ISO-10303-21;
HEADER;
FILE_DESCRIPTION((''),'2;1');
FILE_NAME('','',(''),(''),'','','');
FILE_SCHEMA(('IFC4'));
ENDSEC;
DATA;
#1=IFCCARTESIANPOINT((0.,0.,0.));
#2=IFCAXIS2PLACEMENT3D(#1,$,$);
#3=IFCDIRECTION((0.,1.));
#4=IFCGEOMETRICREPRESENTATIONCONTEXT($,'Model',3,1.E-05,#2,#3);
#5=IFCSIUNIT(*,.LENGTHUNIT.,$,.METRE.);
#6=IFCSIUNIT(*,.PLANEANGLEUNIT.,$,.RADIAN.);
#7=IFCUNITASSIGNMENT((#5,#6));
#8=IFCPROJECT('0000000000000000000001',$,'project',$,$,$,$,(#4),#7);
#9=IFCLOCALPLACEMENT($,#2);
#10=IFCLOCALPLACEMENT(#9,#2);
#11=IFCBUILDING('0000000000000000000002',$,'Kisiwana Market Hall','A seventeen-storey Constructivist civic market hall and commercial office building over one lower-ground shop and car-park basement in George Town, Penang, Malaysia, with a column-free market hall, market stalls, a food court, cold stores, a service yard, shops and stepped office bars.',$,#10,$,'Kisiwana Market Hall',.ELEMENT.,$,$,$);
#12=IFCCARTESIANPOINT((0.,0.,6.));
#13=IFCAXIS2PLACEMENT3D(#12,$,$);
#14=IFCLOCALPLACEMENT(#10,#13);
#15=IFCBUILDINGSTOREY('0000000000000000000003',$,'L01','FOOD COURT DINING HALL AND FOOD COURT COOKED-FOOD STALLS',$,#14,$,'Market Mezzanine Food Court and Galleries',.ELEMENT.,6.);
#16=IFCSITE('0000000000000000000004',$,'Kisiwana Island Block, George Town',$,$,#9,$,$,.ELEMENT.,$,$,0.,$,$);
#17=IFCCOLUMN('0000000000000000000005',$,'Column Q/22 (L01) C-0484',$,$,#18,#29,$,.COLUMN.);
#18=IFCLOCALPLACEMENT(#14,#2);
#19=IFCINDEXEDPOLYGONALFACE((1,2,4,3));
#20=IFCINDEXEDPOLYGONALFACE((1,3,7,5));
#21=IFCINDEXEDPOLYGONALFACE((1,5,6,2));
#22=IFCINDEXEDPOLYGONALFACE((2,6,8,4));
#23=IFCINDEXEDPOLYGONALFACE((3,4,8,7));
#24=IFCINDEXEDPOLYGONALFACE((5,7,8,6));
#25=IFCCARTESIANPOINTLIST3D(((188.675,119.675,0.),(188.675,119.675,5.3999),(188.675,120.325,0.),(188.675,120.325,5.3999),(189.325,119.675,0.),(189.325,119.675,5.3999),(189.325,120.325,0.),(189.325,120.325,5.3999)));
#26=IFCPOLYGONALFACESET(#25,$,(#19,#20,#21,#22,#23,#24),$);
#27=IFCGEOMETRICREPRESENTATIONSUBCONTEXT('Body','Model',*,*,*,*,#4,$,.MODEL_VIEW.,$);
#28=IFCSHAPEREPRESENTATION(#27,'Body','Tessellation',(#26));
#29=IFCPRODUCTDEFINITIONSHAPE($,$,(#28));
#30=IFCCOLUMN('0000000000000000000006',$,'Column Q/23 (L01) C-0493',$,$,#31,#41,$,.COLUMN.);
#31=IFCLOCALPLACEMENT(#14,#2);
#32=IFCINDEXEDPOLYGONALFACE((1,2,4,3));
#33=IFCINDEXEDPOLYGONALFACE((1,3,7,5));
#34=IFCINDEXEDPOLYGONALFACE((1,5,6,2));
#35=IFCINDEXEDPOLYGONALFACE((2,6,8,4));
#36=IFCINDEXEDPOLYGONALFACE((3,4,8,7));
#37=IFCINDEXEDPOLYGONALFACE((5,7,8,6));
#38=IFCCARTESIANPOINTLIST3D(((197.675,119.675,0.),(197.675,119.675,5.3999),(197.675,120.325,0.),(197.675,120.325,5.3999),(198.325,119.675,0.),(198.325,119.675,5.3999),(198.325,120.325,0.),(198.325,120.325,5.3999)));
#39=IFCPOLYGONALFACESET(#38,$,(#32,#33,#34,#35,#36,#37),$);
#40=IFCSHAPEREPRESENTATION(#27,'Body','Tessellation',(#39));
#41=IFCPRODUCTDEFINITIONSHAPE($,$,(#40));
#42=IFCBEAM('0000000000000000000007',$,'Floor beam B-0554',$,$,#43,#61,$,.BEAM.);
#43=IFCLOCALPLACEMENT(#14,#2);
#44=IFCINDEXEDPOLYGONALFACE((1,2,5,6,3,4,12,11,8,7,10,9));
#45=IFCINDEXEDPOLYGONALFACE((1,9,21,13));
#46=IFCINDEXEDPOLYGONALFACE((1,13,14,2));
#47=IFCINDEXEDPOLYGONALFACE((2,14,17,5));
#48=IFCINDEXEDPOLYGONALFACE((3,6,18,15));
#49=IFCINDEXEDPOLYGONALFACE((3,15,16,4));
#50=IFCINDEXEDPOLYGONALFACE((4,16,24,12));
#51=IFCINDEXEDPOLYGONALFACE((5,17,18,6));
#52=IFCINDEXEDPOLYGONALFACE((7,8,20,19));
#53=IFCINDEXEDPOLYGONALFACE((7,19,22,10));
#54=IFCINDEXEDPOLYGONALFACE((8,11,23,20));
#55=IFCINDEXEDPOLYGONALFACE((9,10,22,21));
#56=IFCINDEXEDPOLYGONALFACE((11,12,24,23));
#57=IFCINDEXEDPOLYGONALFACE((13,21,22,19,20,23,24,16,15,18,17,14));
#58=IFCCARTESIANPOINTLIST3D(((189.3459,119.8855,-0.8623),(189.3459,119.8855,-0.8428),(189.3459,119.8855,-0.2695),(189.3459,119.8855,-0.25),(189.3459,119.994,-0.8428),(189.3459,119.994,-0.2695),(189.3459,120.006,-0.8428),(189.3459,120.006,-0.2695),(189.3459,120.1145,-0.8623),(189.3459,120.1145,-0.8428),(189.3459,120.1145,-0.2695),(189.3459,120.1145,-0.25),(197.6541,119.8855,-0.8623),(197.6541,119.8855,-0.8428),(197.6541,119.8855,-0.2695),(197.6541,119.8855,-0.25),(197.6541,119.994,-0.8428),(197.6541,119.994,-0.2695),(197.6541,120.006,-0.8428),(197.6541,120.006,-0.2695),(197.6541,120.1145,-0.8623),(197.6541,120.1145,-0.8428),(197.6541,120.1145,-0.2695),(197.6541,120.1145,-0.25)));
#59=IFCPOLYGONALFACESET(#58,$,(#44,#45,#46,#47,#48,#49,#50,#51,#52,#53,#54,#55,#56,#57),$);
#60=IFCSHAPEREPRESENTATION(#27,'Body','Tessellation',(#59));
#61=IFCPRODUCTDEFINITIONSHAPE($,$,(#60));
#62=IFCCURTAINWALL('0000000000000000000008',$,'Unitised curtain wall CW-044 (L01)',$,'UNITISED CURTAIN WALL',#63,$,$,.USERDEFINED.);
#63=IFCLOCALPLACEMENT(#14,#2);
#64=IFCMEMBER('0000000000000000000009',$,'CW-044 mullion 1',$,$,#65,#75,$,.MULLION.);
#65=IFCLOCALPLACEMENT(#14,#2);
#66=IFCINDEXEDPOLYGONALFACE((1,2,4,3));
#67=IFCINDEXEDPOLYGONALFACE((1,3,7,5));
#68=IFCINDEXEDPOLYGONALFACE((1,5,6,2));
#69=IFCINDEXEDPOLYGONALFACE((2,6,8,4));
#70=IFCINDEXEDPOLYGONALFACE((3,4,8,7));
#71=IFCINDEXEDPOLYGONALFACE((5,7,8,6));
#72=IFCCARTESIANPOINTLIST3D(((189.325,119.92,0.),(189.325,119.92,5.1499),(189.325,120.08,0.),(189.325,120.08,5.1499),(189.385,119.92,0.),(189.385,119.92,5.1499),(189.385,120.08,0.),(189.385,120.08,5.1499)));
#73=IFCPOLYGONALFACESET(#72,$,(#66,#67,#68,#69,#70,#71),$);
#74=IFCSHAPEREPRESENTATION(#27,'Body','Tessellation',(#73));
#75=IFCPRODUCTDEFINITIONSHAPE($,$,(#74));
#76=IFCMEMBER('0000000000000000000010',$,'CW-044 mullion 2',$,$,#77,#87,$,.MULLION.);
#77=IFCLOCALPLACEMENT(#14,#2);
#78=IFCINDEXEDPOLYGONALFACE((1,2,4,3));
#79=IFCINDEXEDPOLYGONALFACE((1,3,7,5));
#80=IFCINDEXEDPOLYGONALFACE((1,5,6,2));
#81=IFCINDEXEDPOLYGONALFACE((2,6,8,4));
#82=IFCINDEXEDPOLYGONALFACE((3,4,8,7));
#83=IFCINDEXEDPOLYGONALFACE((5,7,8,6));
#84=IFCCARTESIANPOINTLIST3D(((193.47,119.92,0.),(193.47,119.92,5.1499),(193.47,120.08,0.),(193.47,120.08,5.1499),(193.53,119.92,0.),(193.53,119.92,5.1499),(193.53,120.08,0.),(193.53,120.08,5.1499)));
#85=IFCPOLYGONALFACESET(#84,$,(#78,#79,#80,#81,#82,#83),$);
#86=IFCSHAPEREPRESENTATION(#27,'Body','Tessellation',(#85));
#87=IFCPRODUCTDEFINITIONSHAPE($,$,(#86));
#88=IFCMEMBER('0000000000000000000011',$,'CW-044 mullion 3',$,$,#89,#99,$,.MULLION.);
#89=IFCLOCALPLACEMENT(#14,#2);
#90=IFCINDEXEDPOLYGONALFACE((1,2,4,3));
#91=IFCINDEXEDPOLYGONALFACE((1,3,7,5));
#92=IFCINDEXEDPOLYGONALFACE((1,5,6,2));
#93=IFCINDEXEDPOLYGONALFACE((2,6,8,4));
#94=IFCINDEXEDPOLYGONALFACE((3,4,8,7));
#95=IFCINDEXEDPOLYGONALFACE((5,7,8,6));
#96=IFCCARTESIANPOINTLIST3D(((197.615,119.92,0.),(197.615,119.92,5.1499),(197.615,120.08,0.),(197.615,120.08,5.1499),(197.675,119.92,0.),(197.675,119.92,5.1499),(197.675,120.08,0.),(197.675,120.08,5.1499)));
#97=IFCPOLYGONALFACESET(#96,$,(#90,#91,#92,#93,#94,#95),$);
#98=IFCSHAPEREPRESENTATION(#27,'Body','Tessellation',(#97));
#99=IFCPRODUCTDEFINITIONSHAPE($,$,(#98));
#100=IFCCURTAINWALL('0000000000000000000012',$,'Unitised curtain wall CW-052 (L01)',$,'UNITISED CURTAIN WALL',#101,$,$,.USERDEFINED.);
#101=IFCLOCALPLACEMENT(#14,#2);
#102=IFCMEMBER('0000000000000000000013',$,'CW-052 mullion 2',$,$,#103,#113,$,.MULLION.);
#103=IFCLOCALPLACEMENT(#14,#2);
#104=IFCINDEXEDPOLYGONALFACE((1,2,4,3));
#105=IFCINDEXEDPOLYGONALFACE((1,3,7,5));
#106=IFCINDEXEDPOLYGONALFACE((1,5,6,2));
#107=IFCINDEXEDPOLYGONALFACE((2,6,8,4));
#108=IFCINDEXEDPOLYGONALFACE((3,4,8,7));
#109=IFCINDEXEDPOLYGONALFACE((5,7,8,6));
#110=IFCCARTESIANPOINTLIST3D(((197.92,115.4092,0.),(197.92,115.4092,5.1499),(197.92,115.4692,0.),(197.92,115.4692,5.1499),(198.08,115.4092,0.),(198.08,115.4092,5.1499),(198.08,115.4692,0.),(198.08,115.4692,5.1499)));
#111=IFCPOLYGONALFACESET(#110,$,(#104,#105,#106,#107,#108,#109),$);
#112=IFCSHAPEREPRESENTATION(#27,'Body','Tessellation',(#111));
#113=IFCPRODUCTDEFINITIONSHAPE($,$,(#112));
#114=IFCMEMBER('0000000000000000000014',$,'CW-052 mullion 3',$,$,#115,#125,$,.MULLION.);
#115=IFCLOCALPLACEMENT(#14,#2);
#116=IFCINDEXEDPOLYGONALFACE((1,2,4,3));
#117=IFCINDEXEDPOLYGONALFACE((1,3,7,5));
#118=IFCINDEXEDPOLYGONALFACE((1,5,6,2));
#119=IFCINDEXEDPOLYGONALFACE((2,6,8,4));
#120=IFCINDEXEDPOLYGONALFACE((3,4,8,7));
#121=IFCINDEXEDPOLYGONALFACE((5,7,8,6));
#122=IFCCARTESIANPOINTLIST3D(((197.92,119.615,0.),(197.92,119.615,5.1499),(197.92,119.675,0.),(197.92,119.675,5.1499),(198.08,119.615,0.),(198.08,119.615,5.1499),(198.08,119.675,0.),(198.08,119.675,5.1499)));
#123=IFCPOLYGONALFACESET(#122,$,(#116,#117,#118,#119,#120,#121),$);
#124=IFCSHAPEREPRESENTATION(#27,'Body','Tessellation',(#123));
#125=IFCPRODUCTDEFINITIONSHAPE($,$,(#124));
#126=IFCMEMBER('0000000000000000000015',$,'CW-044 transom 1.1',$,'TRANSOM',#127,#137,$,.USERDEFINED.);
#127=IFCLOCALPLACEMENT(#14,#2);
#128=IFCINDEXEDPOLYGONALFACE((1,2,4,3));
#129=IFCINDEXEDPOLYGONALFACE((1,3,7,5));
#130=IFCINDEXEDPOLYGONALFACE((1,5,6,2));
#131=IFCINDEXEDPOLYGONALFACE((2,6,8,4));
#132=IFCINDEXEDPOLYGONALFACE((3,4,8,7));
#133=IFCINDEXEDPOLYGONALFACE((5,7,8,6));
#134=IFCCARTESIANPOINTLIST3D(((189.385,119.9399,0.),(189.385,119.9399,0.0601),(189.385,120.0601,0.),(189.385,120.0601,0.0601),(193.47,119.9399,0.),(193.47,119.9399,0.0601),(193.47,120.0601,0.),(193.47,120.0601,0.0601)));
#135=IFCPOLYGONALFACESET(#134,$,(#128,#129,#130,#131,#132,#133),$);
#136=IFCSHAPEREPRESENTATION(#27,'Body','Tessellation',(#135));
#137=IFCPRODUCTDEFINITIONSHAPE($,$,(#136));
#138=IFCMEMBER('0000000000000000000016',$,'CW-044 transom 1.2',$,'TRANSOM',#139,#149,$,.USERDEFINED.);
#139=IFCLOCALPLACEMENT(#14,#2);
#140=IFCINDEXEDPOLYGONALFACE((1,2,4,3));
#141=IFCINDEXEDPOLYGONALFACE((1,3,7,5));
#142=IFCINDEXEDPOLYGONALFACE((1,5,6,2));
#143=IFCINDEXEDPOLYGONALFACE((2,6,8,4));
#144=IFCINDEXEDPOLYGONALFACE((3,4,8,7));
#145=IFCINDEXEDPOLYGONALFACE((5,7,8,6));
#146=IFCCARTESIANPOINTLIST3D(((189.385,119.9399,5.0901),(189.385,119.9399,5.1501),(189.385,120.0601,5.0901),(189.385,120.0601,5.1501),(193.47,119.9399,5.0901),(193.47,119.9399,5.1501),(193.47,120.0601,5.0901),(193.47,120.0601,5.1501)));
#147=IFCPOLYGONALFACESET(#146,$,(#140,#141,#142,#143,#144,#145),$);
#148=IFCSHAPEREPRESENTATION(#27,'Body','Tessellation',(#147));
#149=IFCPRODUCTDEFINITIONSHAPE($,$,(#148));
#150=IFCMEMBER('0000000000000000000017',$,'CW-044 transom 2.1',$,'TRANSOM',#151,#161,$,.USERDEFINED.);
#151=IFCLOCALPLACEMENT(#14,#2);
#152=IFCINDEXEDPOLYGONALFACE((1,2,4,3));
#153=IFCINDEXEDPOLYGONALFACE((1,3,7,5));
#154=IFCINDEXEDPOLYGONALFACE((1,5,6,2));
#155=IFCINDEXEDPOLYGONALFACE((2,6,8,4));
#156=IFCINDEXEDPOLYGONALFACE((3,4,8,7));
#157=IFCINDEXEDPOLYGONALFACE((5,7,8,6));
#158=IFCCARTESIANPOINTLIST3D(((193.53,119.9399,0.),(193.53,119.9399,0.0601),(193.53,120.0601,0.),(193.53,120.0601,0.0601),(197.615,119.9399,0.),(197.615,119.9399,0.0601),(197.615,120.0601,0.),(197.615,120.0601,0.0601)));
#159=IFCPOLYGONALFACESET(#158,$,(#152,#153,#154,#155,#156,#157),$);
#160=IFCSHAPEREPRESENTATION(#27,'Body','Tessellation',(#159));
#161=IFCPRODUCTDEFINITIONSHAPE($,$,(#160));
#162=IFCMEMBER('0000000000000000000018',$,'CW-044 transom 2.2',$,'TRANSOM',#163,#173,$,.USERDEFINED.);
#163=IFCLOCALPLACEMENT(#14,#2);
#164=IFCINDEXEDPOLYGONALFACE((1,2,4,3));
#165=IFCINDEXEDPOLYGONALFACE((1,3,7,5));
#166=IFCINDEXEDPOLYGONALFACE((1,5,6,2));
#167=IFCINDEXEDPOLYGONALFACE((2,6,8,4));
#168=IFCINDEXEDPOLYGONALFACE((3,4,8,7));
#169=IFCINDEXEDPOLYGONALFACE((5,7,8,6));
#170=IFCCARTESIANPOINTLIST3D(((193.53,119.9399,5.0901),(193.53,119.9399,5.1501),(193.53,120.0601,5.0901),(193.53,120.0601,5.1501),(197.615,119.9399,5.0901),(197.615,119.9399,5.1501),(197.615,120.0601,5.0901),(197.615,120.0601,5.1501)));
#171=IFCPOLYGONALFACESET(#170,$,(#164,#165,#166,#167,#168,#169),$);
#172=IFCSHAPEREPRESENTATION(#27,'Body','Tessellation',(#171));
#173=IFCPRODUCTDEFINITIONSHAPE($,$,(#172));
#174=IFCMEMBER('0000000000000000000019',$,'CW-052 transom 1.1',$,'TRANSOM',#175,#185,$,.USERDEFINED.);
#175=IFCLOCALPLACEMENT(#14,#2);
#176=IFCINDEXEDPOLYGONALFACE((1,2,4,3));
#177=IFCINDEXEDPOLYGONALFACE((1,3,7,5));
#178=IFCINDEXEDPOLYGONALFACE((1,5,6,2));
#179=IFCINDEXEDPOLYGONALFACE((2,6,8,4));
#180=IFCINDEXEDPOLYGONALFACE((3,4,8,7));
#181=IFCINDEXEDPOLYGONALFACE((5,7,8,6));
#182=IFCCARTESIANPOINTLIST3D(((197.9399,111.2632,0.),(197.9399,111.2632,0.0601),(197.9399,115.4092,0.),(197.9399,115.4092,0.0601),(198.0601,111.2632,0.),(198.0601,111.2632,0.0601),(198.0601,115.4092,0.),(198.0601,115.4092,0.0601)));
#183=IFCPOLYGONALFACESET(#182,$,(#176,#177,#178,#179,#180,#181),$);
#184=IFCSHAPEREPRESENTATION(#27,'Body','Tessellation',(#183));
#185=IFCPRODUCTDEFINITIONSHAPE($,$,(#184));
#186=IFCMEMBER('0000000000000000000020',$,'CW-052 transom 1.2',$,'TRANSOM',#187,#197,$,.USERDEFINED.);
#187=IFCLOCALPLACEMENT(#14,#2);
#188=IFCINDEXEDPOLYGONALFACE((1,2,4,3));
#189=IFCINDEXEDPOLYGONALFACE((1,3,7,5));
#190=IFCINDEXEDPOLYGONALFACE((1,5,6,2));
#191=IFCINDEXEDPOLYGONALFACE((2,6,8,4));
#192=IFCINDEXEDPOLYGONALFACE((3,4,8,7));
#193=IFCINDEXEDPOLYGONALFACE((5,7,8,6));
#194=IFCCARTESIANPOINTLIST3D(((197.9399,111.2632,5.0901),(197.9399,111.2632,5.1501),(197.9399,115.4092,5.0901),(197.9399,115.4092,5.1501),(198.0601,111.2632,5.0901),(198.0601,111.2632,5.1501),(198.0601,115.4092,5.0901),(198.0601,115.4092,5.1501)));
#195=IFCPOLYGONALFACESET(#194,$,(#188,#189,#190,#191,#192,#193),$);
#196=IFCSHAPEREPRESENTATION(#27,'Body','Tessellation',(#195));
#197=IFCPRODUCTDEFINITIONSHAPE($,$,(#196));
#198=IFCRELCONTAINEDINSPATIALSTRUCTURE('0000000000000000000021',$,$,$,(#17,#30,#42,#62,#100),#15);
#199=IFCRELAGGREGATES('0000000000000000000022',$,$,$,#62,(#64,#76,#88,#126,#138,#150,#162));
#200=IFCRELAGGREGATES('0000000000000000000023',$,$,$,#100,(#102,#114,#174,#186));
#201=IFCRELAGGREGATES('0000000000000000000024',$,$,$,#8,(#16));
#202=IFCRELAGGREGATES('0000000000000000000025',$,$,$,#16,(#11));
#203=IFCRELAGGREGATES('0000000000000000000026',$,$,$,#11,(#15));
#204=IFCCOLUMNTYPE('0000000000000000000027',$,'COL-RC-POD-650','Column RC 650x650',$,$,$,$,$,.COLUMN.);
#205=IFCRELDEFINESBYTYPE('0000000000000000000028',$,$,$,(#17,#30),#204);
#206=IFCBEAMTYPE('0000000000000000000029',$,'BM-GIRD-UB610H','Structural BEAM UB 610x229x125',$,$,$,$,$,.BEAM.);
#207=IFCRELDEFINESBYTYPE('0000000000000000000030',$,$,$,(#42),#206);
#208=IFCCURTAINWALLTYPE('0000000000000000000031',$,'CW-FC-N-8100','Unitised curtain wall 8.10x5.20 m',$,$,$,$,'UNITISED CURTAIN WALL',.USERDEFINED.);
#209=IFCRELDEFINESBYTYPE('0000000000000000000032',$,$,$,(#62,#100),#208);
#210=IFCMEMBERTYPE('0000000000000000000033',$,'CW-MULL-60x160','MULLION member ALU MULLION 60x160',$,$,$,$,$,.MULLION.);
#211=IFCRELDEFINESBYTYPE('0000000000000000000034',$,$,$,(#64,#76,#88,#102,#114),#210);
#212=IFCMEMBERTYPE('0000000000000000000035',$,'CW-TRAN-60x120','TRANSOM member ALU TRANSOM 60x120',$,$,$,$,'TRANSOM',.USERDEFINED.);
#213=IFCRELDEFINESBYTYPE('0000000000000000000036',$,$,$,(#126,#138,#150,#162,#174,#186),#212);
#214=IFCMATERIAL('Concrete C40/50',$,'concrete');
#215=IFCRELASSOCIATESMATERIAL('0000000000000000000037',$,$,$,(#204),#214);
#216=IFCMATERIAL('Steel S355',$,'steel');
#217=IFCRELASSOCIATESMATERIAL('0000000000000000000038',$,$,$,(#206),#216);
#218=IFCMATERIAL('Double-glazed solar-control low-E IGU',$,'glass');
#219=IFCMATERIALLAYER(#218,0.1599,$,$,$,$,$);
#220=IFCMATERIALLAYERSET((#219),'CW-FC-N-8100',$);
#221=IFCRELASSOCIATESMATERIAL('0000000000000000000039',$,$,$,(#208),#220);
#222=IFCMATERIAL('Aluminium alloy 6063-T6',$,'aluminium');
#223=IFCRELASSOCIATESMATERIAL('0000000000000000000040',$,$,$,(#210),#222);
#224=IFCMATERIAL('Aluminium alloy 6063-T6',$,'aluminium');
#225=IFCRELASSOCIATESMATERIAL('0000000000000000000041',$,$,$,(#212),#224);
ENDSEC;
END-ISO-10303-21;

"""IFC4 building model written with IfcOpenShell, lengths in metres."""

from ifc_helpers import new_model, si_unit, direction, frame, origin, origin_2d, place, context, subcontext, project, spatial, rectangle, i_section, extrude, material, layer, layer_set, material_profile, profile_set, type_object, element, aggregate, save


model = new_model("IFC4")

# Units and contexts
model_context = context("Model", 3, precision=1e-05, world=origin(), true_north=direction((0.0, 1.0)))
body_context = subcontext(model_context, "Body", "Model", "MODEL_VIEW")
ifc_project = project(units=[si_unit("LENGTHUNIT", "METRE"), si_unit("PLANEANGLEUNIT", "RADIAN")], contexts=[model_context])

# Site, building, storey
site_placement = place(None, origin())
site = spatial("IfcSite", under=ifc_project, at=site_placement, Name="Kisiwana Island Block, George Town", CompositionType="ELEMENT", RefElevation=0.0)
building_placement = place(site_placement, origin())
building = spatial("IfcBuilding", under=site, at=building_placement, Name="Kisiwana Market Hall", Description="A seventeen-storey Constructivist civic market hall and commercial office building over one lower-ground shop and car-park basement in George Town, Penang, Malaysia, with a column-free market hall, market stalls, a food court, cold stores, a service yard, shops and stepped office bars.", LongName="Kisiwana Market Hall", CompositionType="ELEMENT")
storey_placement = place(building_placement, frame((0.0, 0.0, 6.0)))
storey = spatial("IfcBuildingStorey", under=building, at=storey_placement, Name="L01", Description="FOOD COURT DINING HALL AND FOOD COURT COOKED-FOOD STALLS", LongName="Market Mezzanine Food Court and Galleries", CompositionType="ELEMENT", Elevation=6.0)

# Columns
ifc_material_1 = material(Name="Concrete C40/50", Category="concrete")
ifc_material_profile_1 = material_profile(ifc_material_1, rectangle(XDim=0.6499, YDim=0.6499, at=origin_2d()), Name="RC 650x650")
ifc_profile_set_1 = profile_set([ifc_material_profile_1], Name="Concrete C40/50")
column_type = type_object("IfcColumnType", Name="COL-RC-POD-650", Description="Column RC 650x650", PredefinedType="COLUMN", material=ifc_profile_set_1)
for number, where, z_axis, x_axis, name in (
    (1, (189.0, 120.0, 0.0), (0.0, 0.0, 1.0), (1.0, 0.0, 0.0), "Column Q/22 (L01) C-0484"),
    (2, (198.0, 120.0, 0.0), (0.0, 0.0, 1.0), (1.0, 0.0, 0.0), "Column Q/23 (L01) C-0493"),
):
    element("IfcColumn", number, at=place(storey_placement, frame(where, z_axis=z_axis, x_axis=x_axis)), inside=storey, type_object=column_type, Name=name, PredefinedType="COLUMN", context=body_context, shape_type="SweptSolid", body=[
        extrude(rectangle(XDim=0.6499, YDim=0.6499, at=origin_2d()), origin(), (0.0, 0.0, 1.0), 5.3999),
    ])

# Beam
ifc_material_2 = material(Name="Steel S355", Category="steel")
ifc_material_profile_2 = material_profile(ifc_material_2, i_section(OverallWidth=0.229, OverallDepth=0.6123, WebThickness=0.012, FlangeThickness=0.0195, at=origin_2d()), Name="UB 610x229x125")
ifc_profile_set_2 = profile_set([ifc_material_profile_2], Name="Steel S355")
beam_type = type_object("IfcBeamType", Name="BM-GIRD-UB610H", Description="Structural BEAM UB 610x229x125", PredefinedType="BEAM", material=ifc_profile_set_2)
beam_placement = place(storey_placement, frame((189.3459, 120.0, -0.5562), z_axis=(1.0, 0.0, 0.0), x_axis=(0.0, 1.0, 0.0)))
element("IfcBeam", 3, at=beam_placement, inside=storey, type_object=beam_type, Name="Floor beam B-0554", PredefinedType="BEAM", context=body_context, shape_type="SweptSolid", body=[
    extrude(i_section(OverallWidth=0.229, OverallDepth=0.6123, WebThickness=0.012, FlangeThickness=0.0195, at=origin_2d()), origin(), (0.0, 0.0, 1.0), 8.3081),
])

# Curtain walls, members
ifc_material_3 = material(Name="Double-glazed solar-control low-E IGU", Category="glass")
ifc_layer_1 = layer(ifc_material_3, 0.1599)
ifc_layer_set_1 = layer_set([ifc_layer_1], Name="CW-FC-N-8100")
curtain_wall_type = type_object("IfcCurtainWallType", Name="CW-FC-N-8100", Description="Unitised curtain wall 8.10x5.20 m", ElementType="UNITISED CURTAIN WALL", PredefinedType="USERDEFINED", material=ifc_layer_set_1)
curtain_wall_1_placement = place(storey_placement, origin())
curtain_wall_1 = element("IfcCurtainWall", 4, at=curtain_wall_1_placement, inside=storey, type_object=curtain_wall_type, Name="Unitised curtain wall CW-044 (L01)", ObjectType="UNITISED CURTAIN WALL", PredefinedType="USERDEFINED")
ifc_material_4 = material(Name="Aluminium alloy 6063-T6", Category="aluminium")
ifc_material_profile_3 = material_profile(ifc_material_4, rectangle(XDim=0.0601, YDim=0.1599, at=origin_2d()), Name="ALU MULLION 60x160")
ifc_profile_set_3 = profile_set([ifc_material_profile_3], Name="Aluminium alloy 6063-T6")
member_type_1 = type_object("IfcMemberType", Name="CW-MULL-60x160", Description="MULLION member ALU MULLION 60x160", PredefinedType="MULLION", material=ifc_profile_set_3)
member_1_placement = place(storey_placement, frame((189.355, 120.0, 0.0), z_axis=(0.0, 0.0, 1.0), x_axis=(1.0, 0.0, 0.0)))
member_1 = element("IfcMember", 5, at=member_1_placement, type_object=member_type_1, Name="CW-044 mullion 1", PredefinedType="MULLION", context=body_context, shape_type="SweptSolid", body=[
    extrude(rectangle(XDim=0.0601, YDim=0.1599, at=origin_2d()), origin(), (0.0, 0.0, 1.0), 5.1499),
])
member_2_placement = place(storey_placement, frame((193.5, 120.0, 0.0), z_axis=(0.0, 0.0, 1.0), x_axis=(1.0, 0.0, 0.0)))
member_2 = element("IfcMember", 6, at=member_2_placement, type_object=member_type_1, Name="CW-044 mullion 2", PredefinedType="MULLION", context=body_context, shape_type="SweptSolid", body=[
    extrude(rectangle(XDim=0.0601, YDim=0.1599, at=origin_2d()), origin(), (0.0, 0.0, 1.0), 5.1499),
])
member_3_placement = place(storey_placement, frame((197.645, 120.0, 0.0), z_axis=(0.0, 0.0, 1.0), x_axis=(1.0, 0.0, 0.0)))
member_3 = element("IfcMember", 7, at=member_3_placement, type_object=member_type_1, Name="CW-044 mullion 3", PredefinedType="MULLION", context=body_context, shape_type="SweptSolid", body=[
    extrude(rectangle(XDim=0.0601, YDim=0.1599, at=origin_2d()), origin(), (0.0, 0.0, 1.0), 5.1499),
])
curtain_wall_2_placement = place(storey_placement, origin())
curtain_wall_2 = element("IfcCurtainWall", 8, at=curtain_wall_2_placement, inside=storey, type_object=curtain_wall_type, Name="Unitised curtain wall CW-052 (L01)", ObjectType="UNITISED CURTAIN WALL", PredefinedType="USERDEFINED")
member_4_placement = place(storey_placement, frame((198.0, 115.4392, 0.0), z_axis=(0.0, 0.0, 1.0), x_axis=(0.0, 1.0, 0.0)))
member_4 = element("IfcMember", 9, at=member_4_placement, type_object=member_type_1, Name="CW-052 mullion 2", PredefinedType="MULLION", context=body_context, shape_type="SweptSolid", body=[
    extrude(rectangle(XDim=0.0601, YDim=0.1599, at=origin_2d()), origin(), (0.0, 0.0, 1.0), 5.1499),
])
member_5_placement = place(storey_placement, frame((198.0, 119.645, 0.0), z_axis=(0.0, 0.0, 1.0), x_axis=(0.0, 1.0, 0.0)))
member_5 = element("IfcMember", 10, at=member_5_placement, type_object=member_type_1, Name="CW-052 mullion 3", PredefinedType="MULLION", context=body_context, shape_type="SweptSolid", body=[
    extrude(rectangle(XDim=0.0601, YDim=0.1599, at=origin_2d()), origin(), (0.0, 0.0, 1.0), 5.1499),
])

# Members
ifc_material_5 = material(Name="Aluminium alloy 6063-T6", Category="aluminium")
ifc_material_profile_4 = material_profile(ifc_material_5, rectangle(XDim=0.1201, YDim=0.0601, at=origin_2d()), Name="ALU TRANSOM 60x120")
ifc_profile_set_4 = profile_set([ifc_material_profile_4], Name="Aluminium alloy 6063-T6")
member_type_2 = type_object("IfcMemberType", Name="CW-TRAN-60x120", Description="TRANSOM member ALU TRANSOM 60x120", ElementType="TRANSOM", PredefinedType="USERDEFINED", material=ifc_profile_set_4)
member_6_placement = place(storey_placement, frame((189.385, 120.0, 0.03), z_axis=(1.0, 0.0, 0.0), x_axis=(0.0, 1.0, 0.0)))
member_6 = element("IfcMember", 11, at=member_6_placement, type_object=member_type_2, Name="CW-044 transom 1.1", ObjectType="TRANSOM", PredefinedType="USERDEFINED", context=body_context, shape_type="SweptSolid", body=[
    extrude(rectangle(XDim=0.1201, YDim=0.0601, at=origin_2d()), origin(), (0.0, 0.0, 1.0), 4.085),
])
member_7_placement = place(storey_placement, frame((189.385, 120.0, 5.1201), z_axis=(1.0, 0.0, 0.0), x_axis=(0.0, 1.0, 0.0)))
member_7 = element("IfcMember", 12, at=member_7_placement, type_object=member_type_2, Name="CW-044 transom 1.2", ObjectType="TRANSOM", PredefinedType="USERDEFINED", context=body_context, shape_type="SweptSolid", body=[
    extrude(rectangle(XDim=0.1201, YDim=0.0601, at=origin_2d()), origin(), (0.0, 0.0, 1.0), 4.085),
])
member_8_placement = place(storey_placement, frame((193.53, 120.0, 0.03), z_axis=(1.0, 0.0, 0.0), x_axis=(0.0, 1.0, 0.0)))
member_8 = element("IfcMember", 13, at=member_8_placement, type_object=member_type_2, Name="CW-044 transom 2.1", ObjectType="TRANSOM", PredefinedType="USERDEFINED", context=body_context, shape_type="SweptSolid", body=[
    extrude(rectangle(XDim=0.1201, YDim=0.0601, at=origin_2d()), origin(), (0.0, 0.0, 1.0), 4.085),
])
member_9_placement = place(storey_placement, frame((193.53, 120.0, 5.1201), z_axis=(1.0, 0.0, 0.0), x_axis=(0.0, 1.0, 0.0)))
member_9 = element("IfcMember", 14, at=member_9_placement, type_object=member_type_2, Name="CW-044 transom 2.2", ObjectType="TRANSOM", PredefinedType="USERDEFINED", context=body_context, shape_type="SweptSolid", body=[
    extrude(rectangle(XDim=0.1201, YDim=0.0601, at=origin_2d()), origin(), (0.0, 0.0, 1.0), 4.085),
])
member_10_placement = place(storey_placement, frame((198.0, 111.2632, 0.03), z_axis=(0.0, 1.0, 0.0), x_axis=(-1.0, 0.0, 0.0)))
member_10 = element("IfcMember", 15, at=member_10_placement, type_object=member_type_2, Name="CW-052 transom 1.1", ObjectType="TRANSOM", PredefinedType="USERDEFINED", context=body_context, shape_type="SweptSolid", body=[
    extrude(rectangle(XDim=0.1201, YDim=0.0601, at=origin_2d()), origin(), (0.0, 0.0, 1.0), 4.146),
])
member_11_placement = place(storey_placement, frame((198.0, 111.2632, 5.1201), z_axis=(0.0, 1.0, 0.0), x_axis=(-1.0, 0.0, 0.0)))
member_11 = element("IfcMember", 16, at=member_11_placement, type_object=member_type_2, Name="CW-052 transom 1.2", ObjectType="TRANSOM", PredefinedType="USERDEFINED", context=body_context, shape_type="SweptSolid", body=[
    extrude(rectangle(XDim=0.1201, YDim=0.0601, at=origin_2d()), origin(), (0.0, 0.0, 1.0), 4.146),
])

aggregate(curtain_wall_1, [member_1, member_2, member_3, member_6, member_7, member_8, member_9])
aggregate(curtain_wall_2, [member_4, member_5, member_10, member_11])

save(model, "model.ifc")
